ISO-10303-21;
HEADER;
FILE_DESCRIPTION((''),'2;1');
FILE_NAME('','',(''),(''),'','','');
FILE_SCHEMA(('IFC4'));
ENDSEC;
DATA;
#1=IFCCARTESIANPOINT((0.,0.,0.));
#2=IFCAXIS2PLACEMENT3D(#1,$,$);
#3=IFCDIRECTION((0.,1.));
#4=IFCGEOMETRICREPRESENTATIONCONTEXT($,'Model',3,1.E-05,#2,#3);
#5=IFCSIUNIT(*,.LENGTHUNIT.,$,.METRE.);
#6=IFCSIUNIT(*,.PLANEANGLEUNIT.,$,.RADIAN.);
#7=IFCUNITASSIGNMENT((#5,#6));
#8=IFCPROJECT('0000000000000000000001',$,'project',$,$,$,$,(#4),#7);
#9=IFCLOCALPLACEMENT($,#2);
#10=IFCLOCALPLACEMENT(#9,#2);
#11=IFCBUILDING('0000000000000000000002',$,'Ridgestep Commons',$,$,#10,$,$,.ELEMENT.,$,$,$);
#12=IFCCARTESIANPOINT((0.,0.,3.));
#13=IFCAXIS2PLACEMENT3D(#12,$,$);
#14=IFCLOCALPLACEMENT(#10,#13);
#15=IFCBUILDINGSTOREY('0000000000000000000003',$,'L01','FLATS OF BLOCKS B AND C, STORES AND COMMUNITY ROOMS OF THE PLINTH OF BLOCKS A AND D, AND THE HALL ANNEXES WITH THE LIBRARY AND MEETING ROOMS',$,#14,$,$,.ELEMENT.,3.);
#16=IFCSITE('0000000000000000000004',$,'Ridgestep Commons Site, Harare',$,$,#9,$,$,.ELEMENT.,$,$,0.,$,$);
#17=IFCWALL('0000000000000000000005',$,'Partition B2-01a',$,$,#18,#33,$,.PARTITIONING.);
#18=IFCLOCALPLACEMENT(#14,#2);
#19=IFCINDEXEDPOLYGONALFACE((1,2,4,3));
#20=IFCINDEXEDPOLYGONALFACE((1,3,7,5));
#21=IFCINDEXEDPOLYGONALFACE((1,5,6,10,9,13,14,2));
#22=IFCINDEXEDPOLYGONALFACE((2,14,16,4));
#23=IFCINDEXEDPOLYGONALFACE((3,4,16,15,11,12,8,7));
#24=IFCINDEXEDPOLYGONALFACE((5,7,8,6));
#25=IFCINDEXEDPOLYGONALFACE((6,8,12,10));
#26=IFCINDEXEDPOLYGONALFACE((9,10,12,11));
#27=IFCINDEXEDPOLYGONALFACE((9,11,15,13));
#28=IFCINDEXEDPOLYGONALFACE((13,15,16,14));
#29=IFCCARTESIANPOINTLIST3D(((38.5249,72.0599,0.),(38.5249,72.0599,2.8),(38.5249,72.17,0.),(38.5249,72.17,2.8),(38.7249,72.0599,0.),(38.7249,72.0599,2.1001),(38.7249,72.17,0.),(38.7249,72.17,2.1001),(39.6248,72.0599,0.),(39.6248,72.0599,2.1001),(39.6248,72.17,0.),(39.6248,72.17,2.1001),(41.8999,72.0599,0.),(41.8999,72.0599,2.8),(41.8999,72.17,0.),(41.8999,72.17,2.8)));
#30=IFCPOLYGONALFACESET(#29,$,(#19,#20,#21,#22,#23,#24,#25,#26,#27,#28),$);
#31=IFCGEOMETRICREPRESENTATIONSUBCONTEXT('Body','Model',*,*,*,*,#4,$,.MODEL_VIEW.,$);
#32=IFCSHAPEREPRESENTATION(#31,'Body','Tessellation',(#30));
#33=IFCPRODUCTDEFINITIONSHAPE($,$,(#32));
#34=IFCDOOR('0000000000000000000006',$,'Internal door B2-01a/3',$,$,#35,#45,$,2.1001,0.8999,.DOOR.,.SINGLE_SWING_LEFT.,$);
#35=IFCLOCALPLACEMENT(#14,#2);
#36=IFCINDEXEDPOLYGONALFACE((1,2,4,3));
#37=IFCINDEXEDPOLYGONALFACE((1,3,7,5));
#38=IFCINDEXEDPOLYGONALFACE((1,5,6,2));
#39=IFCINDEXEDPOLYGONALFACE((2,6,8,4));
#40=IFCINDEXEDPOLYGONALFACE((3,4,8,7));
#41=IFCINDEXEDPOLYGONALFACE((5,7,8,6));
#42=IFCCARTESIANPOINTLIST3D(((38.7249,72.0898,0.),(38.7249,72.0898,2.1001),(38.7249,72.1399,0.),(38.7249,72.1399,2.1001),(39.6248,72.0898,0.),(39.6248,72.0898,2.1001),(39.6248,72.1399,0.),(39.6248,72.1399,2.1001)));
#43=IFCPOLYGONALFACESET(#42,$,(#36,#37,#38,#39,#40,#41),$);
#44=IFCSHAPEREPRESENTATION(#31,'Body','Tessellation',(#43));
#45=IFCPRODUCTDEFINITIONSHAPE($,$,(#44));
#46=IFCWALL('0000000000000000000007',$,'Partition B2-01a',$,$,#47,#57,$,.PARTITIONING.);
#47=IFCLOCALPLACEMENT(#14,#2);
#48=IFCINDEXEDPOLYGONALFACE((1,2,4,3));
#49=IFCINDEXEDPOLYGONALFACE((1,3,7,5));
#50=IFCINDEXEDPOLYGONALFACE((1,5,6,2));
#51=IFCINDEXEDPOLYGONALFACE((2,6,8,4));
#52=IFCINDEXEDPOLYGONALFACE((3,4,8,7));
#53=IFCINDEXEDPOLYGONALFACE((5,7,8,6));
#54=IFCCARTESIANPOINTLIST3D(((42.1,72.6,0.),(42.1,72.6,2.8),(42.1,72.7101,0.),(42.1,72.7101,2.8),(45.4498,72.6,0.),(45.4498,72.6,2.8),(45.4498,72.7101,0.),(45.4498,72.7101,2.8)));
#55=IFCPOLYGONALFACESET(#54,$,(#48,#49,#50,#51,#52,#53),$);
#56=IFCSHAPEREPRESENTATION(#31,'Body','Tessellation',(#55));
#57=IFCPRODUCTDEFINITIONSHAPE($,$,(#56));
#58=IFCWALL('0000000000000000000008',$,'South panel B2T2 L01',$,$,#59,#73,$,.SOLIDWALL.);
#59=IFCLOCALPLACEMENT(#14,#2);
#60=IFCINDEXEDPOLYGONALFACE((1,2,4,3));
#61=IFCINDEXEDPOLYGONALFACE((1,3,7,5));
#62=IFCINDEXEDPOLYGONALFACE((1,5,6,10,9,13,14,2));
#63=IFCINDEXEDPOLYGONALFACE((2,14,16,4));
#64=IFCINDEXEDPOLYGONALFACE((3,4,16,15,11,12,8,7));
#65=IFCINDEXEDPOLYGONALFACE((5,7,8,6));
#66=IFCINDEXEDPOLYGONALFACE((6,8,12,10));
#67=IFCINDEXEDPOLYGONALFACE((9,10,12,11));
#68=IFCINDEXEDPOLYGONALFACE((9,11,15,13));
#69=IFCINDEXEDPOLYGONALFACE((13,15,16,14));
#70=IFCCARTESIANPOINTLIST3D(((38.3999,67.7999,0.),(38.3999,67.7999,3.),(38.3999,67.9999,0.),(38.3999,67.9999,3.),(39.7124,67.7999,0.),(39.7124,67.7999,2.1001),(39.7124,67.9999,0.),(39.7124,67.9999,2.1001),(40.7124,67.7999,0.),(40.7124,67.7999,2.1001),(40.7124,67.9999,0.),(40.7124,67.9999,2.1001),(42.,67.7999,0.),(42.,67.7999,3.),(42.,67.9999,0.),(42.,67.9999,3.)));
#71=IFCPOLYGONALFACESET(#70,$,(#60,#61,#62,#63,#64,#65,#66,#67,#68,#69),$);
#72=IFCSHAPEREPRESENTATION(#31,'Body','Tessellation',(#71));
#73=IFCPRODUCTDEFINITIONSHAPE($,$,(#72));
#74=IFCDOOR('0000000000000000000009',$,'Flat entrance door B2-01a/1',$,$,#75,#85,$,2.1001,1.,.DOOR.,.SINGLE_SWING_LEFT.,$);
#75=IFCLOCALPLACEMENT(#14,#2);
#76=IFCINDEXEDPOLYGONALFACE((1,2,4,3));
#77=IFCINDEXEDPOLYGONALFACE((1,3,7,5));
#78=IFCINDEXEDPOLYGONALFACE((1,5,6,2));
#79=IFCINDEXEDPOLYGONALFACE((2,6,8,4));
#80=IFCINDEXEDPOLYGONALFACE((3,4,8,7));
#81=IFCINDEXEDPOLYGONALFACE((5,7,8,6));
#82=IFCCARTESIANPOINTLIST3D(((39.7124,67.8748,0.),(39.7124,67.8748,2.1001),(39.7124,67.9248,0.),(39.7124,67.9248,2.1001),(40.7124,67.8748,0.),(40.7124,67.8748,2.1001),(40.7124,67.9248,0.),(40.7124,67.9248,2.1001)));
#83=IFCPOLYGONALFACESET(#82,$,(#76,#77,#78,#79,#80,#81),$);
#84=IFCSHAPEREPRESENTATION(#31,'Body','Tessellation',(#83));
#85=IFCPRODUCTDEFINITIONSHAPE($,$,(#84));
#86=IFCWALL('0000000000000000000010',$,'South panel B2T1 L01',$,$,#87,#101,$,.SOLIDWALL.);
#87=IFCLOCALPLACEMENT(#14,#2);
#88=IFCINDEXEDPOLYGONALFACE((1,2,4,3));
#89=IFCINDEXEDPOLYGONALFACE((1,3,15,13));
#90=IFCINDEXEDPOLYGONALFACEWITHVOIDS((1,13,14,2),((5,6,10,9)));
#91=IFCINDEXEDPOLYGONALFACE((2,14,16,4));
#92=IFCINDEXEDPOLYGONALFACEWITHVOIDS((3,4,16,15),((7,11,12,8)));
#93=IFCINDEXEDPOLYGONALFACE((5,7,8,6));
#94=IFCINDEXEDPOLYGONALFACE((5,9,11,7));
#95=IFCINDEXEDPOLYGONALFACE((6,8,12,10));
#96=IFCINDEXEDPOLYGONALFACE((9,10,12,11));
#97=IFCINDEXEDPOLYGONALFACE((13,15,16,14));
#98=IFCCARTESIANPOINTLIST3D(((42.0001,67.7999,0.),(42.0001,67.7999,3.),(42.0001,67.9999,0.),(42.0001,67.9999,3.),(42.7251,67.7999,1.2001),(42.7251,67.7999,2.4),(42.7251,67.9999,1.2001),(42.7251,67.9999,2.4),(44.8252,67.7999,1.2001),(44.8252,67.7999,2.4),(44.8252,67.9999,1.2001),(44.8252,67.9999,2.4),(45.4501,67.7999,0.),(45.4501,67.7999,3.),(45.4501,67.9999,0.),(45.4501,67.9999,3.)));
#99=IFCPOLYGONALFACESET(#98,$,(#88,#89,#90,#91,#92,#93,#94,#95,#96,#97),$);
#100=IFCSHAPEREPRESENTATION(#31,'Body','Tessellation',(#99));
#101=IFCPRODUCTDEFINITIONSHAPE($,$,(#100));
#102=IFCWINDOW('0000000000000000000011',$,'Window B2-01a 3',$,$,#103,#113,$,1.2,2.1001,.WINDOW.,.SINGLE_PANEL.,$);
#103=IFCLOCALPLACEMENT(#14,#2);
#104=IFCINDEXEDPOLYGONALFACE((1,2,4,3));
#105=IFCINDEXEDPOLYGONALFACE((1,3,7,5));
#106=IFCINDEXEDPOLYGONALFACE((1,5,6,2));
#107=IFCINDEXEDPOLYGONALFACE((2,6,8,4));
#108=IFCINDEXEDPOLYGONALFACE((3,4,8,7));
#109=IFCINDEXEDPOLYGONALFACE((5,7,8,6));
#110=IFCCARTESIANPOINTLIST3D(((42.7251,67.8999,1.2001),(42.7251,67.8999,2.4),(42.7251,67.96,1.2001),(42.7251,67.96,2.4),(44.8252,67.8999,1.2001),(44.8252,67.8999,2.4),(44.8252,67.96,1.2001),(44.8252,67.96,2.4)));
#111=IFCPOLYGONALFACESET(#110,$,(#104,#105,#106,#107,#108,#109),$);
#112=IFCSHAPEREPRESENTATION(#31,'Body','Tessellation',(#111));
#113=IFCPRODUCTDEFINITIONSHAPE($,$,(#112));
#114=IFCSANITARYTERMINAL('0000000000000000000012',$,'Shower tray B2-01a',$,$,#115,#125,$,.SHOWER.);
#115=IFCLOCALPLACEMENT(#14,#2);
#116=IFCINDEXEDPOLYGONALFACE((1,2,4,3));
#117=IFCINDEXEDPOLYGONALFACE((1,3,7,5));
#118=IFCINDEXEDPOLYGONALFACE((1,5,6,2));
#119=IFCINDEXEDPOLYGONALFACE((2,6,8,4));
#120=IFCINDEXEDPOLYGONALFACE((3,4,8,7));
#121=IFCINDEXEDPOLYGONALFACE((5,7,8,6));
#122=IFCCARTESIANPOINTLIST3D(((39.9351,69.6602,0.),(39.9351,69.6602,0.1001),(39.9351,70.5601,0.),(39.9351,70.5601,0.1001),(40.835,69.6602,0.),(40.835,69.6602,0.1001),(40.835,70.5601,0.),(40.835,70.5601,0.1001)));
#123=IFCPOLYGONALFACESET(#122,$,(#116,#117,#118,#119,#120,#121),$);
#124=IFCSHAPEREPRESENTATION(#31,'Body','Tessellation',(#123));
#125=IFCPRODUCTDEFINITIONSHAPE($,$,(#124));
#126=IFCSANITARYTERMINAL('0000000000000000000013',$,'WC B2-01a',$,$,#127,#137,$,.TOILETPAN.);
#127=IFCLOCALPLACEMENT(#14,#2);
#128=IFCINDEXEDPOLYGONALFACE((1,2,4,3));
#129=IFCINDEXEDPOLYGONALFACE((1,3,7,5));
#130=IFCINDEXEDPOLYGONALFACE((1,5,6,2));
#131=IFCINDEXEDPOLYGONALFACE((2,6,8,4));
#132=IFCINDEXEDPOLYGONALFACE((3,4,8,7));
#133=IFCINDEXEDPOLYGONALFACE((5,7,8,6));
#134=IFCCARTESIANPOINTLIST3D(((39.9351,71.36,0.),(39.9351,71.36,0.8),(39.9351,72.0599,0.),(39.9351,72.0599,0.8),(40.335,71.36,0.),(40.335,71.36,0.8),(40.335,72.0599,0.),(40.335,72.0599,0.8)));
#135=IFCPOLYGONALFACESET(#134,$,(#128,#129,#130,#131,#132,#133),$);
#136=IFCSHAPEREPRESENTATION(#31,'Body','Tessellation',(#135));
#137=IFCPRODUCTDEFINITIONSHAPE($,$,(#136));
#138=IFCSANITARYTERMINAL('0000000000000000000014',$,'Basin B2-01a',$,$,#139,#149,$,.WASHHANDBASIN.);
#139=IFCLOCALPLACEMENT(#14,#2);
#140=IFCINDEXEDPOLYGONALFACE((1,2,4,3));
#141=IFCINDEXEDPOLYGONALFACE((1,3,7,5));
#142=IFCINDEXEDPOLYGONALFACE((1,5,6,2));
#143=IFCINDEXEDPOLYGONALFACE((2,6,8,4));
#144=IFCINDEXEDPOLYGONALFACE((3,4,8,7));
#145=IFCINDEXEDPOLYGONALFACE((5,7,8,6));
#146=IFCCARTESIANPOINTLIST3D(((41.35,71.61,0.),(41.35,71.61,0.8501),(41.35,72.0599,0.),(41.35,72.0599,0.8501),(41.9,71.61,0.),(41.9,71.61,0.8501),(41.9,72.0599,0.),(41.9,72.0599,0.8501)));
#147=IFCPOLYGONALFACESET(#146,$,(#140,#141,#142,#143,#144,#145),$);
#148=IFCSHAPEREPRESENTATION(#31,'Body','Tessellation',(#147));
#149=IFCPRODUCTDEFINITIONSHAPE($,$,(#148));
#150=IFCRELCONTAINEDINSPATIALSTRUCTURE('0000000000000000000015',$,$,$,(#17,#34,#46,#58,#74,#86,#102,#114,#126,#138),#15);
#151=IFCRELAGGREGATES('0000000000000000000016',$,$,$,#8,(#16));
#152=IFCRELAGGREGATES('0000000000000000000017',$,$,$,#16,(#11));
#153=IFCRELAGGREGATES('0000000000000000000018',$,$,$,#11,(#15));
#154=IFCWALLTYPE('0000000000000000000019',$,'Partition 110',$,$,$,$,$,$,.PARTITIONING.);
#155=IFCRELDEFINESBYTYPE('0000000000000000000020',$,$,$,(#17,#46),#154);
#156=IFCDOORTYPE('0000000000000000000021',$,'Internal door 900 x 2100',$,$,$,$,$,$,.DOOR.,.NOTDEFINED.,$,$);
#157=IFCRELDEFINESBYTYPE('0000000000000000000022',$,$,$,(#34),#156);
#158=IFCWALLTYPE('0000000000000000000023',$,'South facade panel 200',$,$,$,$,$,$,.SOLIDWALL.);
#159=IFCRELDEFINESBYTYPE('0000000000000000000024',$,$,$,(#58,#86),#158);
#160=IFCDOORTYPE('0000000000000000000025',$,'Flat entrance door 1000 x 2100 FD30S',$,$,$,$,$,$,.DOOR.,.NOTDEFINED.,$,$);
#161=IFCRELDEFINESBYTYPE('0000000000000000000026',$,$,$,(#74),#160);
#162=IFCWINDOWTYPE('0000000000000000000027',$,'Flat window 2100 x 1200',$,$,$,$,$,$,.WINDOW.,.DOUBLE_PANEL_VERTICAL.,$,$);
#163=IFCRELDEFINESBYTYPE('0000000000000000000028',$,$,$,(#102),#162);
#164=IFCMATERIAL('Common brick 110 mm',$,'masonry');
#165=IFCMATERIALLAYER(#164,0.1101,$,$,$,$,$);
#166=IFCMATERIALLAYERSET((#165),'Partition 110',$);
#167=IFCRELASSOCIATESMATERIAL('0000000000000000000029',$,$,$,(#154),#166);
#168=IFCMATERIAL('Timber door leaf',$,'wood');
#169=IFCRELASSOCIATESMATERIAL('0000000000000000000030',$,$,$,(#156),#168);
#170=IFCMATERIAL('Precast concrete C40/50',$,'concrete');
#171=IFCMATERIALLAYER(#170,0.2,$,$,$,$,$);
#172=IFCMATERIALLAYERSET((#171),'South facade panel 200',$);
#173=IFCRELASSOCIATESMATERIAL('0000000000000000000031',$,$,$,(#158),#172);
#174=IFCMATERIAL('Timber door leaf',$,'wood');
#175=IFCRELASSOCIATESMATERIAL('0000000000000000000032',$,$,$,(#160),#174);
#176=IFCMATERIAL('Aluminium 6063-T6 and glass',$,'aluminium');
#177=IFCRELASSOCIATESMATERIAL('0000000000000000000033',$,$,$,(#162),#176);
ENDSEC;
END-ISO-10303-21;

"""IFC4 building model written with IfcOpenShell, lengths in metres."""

from ifc_helpers import new_model, si_unit, direction, frame, frame_2d, origin, origin_2d, place, context, subcontext, project, spatial, rectangle, extrude, material, layer, layer_set, type_object, element, fill, save


model = new_model("IFC4")

# Units and contexts
model_context = context("Model", 3, precision=1e-05, world=origin(), true_north=direction((0.0, 1.0)))
body_context = subcontext(model_context, "Body", "Model", "MODEL_VIEW")
ifc_project = project(units=[si_unit("LENGTHUNIT", "METRE"), si_unit("PLANEANGLEUNIT", "RADIAN")], contexts=[model_context])

# Site, building, storey
site_placement = place(None, origin())
site = spatial("IfcSite", under=ifc_project, at=site_placement, Name="Ridgestep Commons Site, Harare", CompositionType="ELEMENT", RefElevation=0.0)
building_placement = place(site_placement, origin())
building = spatial("IfcBuilding", under=site, at=building_placement, Name="Ridgestep Commons", CompositionType="ELEMENT")
storey_placement = place(building_placement, frame((0.0, 0.0, 3.0)))
storey = spatial("IfcBuildingStorey", under=building, at=storey_placement, Name="L01", Description="FLATS OF BLOCKS B AND C, STORES AND COMMUNITY ROOMS OF THE PLINTH OF BLOCKS A AND D, AND THE HALL ANNEXES WITH THE LIBRARY AND MEETING ROOMS", CompositionType="ELEMENT", Elevation=3.0)

# Shared definitions
ifc_material_1 = material(Name="Common brick 110 mm", Category="masonry")
ifc_layer_1 = layer(ifc_material_1, 0.1101)
ifc_layer_set_1 = layer_set([ifc_layer_1], Name="Partition 110")
wall_type_1 = type_object("IfcWallType", Name="Partition 110", PredefinedType="PARTITIONING", material=ifc_layer_set_1)

# Wall, opening, door
wall_1_placement = place(storey_placement, frame((38.5249, 72.115, 0.0), z_axis=(0.0, 0.0, 1.0), x_axis=(1.0, 0.0, 0.0)))
wall_1 = element("IfcWall", 1, at=wall_1_placement, inside=storey, type_object=wall_type_1, Name="Partition B2-01a", PredefinedType="PARTITIONING", context=body_context, shape_type="SweptSolid", body=[
    extrude(rectangle(XDim=3.375, YDim=0.1101, at=frame_2d((1.6875, 0.0))), origin(), (0.0, 0.0, 1.0), 2.8),
])
opening_1_placement = place(wall_1_placement, frame((0.2, 0.0, 0.0)))
opening_1 = element("IfcOpeningElement", 2, at=opening_1_placement, cuts=wall_1, PredefinedType="OPENING", context=body_context, shape_type="SweptSolid", body=[
    extrude(rectangle(XDim=0.8999, YDim=2.1001, at=frame_2d((0.45, 1.05))), frame((0.0, 0.0649, 0.0), z_axis=(0.0, -1.0, 0.0), x_axis=(1.0, 0.0, 0.0)), (0.0, 0.0, 1.0), 0.1301),
])
ifc_material_2 = material(Name="Timber door leaf", Category="wood")
door_type_1 = type_object("IfcDoorType", Name="Internal door 900 x 2100", OperationType="NOTDEFINED", PredefinedType="DOOR", material=ifc_material_2)
door_1_placement = place(opening_1_placement, origin())
door_1 = element("IfcDoor", 3, at=door_1_placement, inside=storey, type_object=door_type_1, Name="Internal door B2-01a/3", OperationType="SINGLE_SWING_LEFT", OverallHeight=2.1001, OverallWidth=0.8999, PredefinedType="DOOR", context=body_context, shape_type="SweptSolid", body=[
    extrude(rectangle(XDim=0.8999, YDim=2.1001, at=frame_2d((0.45, 1.05))), frame((0.0, 0.0249, 0.0), z_axis=(0.0, -1.0, 0.0), x_axis=(1.0, 0.0, 0.0)), (0.0, 0.0, 1.0), 0.05),
])
fill(opening_1, door_1)

# Wall
wall_2_placement = place(storey_placement, frame((42.1001, 72.655, 0.0), z_axis=(0.0, 0.0, 1.0), x_axis=(1.0, 0.0, 0.0)))
element("IfcWall", 4, at=wall_2_placement, inside=storey, type_object=wall_type_1, Name="Partition B2-01a", PredefinedType="PARTITIONING", context=body_context, shape_type="SweptSolid", body=[
    extrude(rectangle(XDim=3.3499, YDim=0.1101, at=frame_2d((1.6748, 0.0))), origin(), (0.0, 0.0, 1.0), 2.8),
])

# Wall, opening, door
ifc_material_3 = material(Name="Precast concrete C40/50", Category="concrete")
ifc_layer_2 = layer(ifc_material_3, 0.2)
ifc_layer_set_2 = layer_set([ifc_layer_2], Name="South facade panel 200")
wall_type_2 = type_object("IfcWallType", Name="South facade panel 200", PredefinedType="SOLIDWALL", material=ifc_layer_set_2)
wall_3_placement = place(storey_placement, frame((38.3999, 67.8999, 0.0), z_axis=(0.0, 0.0, 1.0), x_axis=(1.0, 0.0, 0.0)))
wall_3 = element("IfcWall", 5, at=wall_3_placement, inside=storey, type_object=wall_type_2, Name="South panel B2T2 L01", PredefinedType="SOLIDWALL", context=body_context, shape_type="SweptSolid", body=[
    extrude(rectangle(XDim=3.6001, YDim=0.2, at=frame_2d((1.8, 0.0))), origin(), (0.0, 0.0, 1.0), 3.0),
])
opening_2_placement = place(wall_3_placement, frame((1.3125, 0.0, 0.0)))
opening_2 = element("IfcOpeningElement", 6, at=opening_2_placement, cuts=wall_3, PredefinedType="OPENING", context=body_context, shape_type="SweptSolid", body=[
    extrude(rectangle(XDim=1.0, YDim=2.1001, at=frame_2d((0.5, 1.05))), frame((0.0, 0.1099, 0.0), z_axis=(0.0, -1.0, 0.0), x_axis=(1.0, 0.0, 0.0)), (0.0, 0.0, 1.0), 0.22),
])
ifc_material_4 = material(Name="Timber door leaf", Category="wood")
door_type_2 = type_object("IfcDoorType", Name="Flat entrance door 1000 x 2100 FD30S", OperationType="NOTDEFINED", PredefinedType="DOOR", material=ifc_material_4)
door_2_placement = place(opening_2_placement, origin())
door_2 = element("IfcDoor", 7, at=door_2_placement, inside=storey, type_object=door_type_2, Name="Flat entrance door B2-01a/1", OperationType="SINGLE_SWING_LEFT", OverallHeight=2.1001, OverallWidth=1.0, PredefinedType="DOOR", context=body_context, shape_type="SweptSolid", body=[
    extrude(rectangle(XDim=1.0, YDim=2.1001, at=frame_2d((0.5, 1.05))), frame((0.0, 0.0249, 0.0), z_axis=(0.0, -1.0, 0.0), x_axis=(1.0, 0.0, 0.0)), (0.0, 0.0, 1.0), 0.05),
])
fill(opening_2, door_2)

# Wall, opening, window
wall_4_placement = place(storey_placement, frame((42.0, 67.8999, 0.0), z_axis=(0.0, 0.0, 1.0), x_axis=(1.0, 0.0, 0.0)))
wall_4 = element("IfcWall", 8, at=wall_4_placement, inside=storey, type_object=wall_type_2, Name="South panel B2T1 L01", PredefinedType="SOLIDWALL", context=body_context, shape_type="SweptSolid", body=[
    extrude(rectangle(XDim=3.45, YDim=0.2, at=frame_2d((1.7251, 0.0))), origin(), (0.0, 0.0, 1.0), 3.0),
])
opening_3_placement = place(wall_4_placement, frame((0.7251, 0.0, 1.2)))
opening_3 = element("IfcOpeningElement", 9, at=opening_3_placement, cuts=wall_4, PredefinedType="OPENING", context=body_context, shape_type="SweptSolid", body=[
    extrude(rectangle(XDim=2.1001, YDim=1.2, at=frame_2d((1.05, 0.6001))), frame((0.0, 0.1099, 0.0), z_axis=(0.0, -1.0, 0.0), x_axis=(1.0, 0.0, 0.0)), (0.0, 0.0, 1.0), 0.22),
])
ifc_material_5 = material(Name="Aluminium 6063-T6 and glass", Category="aluminium")
window_type = type_object("IfcWindowType", Name="Flat window 2100 x 1200", PartitioningType="DOUBLE_PANEL_VERTICAL", PredefinedType="WINDOW", material=ifc_material_5)
window_placement = place(opening_3_placement, origin())
window = element("IfcWindow", 10, at=window_placement, inside=storey, type_object=window_type, Name="Window B2-01a 3", OverallHeight=1.2, OverallWidth=2.1001, PartitioningType="SINGLE_PANEL", PredefinedType="WINDOW", context=body_context, shape_type="SweptSolid", body=[
    extrude(rectangle(XDim=2.1001, YDim=1.2, at=frame_2d((1.05, 0.6001))), frame((0.0, 0.0601, 0.0), z_axis=(0.0, -1.0, 0.0), x_axis=(1.0, 0.0, 0.0)), (0.0, 0.0, 1.0), 0.0601),
])
fill(opening_3, window)

# Sanitary terminals
sanitary_terminal_1_placement = place(storey_placement, frame((40.385, 70.1101, 0.0), z_axis=(0.0, 0.0, 1.0), x_axis=(1.0, 0.0, 0.0)))
element("IfcSanitaryTerminal", 11, at=sanitary_terminal_1_placement, inside=storey, Name="Shower tray B2-01a", PredefinedType="SHOWER", context=body_context, shape_type="SweptSolid", body=[
    extrude(rectangle(XDim=0.8999, YDim=0.8999, at=origin_2d()), origin(), (0.0, 0.0, 1.0), 0.1001),
])
sanitary_terminal_2_placement = place(storey_placement, frame((40.135, 71.71, 0.0), z_axis=(0.0, 0.0, 1.0), x_axis=(1.0, 0.0, 0.0)))
element("IfcSanitaryTerminal", 12, at=sanitary_terminal_2_placement, inside=storey, Name="WC B2-01a", PredefinedType="TOILETPAN", context=body_context, shape_type="SweptSolid", body=[
    extrude(rectangle(XDim=0.3999, YDim=0.7, at=origin_2d()), origin(), (0.0, 0.0, 1.0), 0.8),
])
sanitary_terminal_3_placement = place(storey_placement, frame((41.625, 71.835, 0.0), z_axis=(0.0, 0.0, 1.0), x_axis=(1.0, 0.0, 0.0)))
element("IfcSanitaryTerminal", 13, at=sanitary_terminal_3_placement, inside=storey, Name="Basin B2-01a", PredefinedType="WASHHANDBASIN", context=body_context, shape_type="SweptSolid", body=[
    extrude(rectangle(XDim=0.55, YDim=0.45, at=origin_2d()), origin(), (0.0, 0.0, 1.0), 0.8501),
])

save(model, "model.ifc")
